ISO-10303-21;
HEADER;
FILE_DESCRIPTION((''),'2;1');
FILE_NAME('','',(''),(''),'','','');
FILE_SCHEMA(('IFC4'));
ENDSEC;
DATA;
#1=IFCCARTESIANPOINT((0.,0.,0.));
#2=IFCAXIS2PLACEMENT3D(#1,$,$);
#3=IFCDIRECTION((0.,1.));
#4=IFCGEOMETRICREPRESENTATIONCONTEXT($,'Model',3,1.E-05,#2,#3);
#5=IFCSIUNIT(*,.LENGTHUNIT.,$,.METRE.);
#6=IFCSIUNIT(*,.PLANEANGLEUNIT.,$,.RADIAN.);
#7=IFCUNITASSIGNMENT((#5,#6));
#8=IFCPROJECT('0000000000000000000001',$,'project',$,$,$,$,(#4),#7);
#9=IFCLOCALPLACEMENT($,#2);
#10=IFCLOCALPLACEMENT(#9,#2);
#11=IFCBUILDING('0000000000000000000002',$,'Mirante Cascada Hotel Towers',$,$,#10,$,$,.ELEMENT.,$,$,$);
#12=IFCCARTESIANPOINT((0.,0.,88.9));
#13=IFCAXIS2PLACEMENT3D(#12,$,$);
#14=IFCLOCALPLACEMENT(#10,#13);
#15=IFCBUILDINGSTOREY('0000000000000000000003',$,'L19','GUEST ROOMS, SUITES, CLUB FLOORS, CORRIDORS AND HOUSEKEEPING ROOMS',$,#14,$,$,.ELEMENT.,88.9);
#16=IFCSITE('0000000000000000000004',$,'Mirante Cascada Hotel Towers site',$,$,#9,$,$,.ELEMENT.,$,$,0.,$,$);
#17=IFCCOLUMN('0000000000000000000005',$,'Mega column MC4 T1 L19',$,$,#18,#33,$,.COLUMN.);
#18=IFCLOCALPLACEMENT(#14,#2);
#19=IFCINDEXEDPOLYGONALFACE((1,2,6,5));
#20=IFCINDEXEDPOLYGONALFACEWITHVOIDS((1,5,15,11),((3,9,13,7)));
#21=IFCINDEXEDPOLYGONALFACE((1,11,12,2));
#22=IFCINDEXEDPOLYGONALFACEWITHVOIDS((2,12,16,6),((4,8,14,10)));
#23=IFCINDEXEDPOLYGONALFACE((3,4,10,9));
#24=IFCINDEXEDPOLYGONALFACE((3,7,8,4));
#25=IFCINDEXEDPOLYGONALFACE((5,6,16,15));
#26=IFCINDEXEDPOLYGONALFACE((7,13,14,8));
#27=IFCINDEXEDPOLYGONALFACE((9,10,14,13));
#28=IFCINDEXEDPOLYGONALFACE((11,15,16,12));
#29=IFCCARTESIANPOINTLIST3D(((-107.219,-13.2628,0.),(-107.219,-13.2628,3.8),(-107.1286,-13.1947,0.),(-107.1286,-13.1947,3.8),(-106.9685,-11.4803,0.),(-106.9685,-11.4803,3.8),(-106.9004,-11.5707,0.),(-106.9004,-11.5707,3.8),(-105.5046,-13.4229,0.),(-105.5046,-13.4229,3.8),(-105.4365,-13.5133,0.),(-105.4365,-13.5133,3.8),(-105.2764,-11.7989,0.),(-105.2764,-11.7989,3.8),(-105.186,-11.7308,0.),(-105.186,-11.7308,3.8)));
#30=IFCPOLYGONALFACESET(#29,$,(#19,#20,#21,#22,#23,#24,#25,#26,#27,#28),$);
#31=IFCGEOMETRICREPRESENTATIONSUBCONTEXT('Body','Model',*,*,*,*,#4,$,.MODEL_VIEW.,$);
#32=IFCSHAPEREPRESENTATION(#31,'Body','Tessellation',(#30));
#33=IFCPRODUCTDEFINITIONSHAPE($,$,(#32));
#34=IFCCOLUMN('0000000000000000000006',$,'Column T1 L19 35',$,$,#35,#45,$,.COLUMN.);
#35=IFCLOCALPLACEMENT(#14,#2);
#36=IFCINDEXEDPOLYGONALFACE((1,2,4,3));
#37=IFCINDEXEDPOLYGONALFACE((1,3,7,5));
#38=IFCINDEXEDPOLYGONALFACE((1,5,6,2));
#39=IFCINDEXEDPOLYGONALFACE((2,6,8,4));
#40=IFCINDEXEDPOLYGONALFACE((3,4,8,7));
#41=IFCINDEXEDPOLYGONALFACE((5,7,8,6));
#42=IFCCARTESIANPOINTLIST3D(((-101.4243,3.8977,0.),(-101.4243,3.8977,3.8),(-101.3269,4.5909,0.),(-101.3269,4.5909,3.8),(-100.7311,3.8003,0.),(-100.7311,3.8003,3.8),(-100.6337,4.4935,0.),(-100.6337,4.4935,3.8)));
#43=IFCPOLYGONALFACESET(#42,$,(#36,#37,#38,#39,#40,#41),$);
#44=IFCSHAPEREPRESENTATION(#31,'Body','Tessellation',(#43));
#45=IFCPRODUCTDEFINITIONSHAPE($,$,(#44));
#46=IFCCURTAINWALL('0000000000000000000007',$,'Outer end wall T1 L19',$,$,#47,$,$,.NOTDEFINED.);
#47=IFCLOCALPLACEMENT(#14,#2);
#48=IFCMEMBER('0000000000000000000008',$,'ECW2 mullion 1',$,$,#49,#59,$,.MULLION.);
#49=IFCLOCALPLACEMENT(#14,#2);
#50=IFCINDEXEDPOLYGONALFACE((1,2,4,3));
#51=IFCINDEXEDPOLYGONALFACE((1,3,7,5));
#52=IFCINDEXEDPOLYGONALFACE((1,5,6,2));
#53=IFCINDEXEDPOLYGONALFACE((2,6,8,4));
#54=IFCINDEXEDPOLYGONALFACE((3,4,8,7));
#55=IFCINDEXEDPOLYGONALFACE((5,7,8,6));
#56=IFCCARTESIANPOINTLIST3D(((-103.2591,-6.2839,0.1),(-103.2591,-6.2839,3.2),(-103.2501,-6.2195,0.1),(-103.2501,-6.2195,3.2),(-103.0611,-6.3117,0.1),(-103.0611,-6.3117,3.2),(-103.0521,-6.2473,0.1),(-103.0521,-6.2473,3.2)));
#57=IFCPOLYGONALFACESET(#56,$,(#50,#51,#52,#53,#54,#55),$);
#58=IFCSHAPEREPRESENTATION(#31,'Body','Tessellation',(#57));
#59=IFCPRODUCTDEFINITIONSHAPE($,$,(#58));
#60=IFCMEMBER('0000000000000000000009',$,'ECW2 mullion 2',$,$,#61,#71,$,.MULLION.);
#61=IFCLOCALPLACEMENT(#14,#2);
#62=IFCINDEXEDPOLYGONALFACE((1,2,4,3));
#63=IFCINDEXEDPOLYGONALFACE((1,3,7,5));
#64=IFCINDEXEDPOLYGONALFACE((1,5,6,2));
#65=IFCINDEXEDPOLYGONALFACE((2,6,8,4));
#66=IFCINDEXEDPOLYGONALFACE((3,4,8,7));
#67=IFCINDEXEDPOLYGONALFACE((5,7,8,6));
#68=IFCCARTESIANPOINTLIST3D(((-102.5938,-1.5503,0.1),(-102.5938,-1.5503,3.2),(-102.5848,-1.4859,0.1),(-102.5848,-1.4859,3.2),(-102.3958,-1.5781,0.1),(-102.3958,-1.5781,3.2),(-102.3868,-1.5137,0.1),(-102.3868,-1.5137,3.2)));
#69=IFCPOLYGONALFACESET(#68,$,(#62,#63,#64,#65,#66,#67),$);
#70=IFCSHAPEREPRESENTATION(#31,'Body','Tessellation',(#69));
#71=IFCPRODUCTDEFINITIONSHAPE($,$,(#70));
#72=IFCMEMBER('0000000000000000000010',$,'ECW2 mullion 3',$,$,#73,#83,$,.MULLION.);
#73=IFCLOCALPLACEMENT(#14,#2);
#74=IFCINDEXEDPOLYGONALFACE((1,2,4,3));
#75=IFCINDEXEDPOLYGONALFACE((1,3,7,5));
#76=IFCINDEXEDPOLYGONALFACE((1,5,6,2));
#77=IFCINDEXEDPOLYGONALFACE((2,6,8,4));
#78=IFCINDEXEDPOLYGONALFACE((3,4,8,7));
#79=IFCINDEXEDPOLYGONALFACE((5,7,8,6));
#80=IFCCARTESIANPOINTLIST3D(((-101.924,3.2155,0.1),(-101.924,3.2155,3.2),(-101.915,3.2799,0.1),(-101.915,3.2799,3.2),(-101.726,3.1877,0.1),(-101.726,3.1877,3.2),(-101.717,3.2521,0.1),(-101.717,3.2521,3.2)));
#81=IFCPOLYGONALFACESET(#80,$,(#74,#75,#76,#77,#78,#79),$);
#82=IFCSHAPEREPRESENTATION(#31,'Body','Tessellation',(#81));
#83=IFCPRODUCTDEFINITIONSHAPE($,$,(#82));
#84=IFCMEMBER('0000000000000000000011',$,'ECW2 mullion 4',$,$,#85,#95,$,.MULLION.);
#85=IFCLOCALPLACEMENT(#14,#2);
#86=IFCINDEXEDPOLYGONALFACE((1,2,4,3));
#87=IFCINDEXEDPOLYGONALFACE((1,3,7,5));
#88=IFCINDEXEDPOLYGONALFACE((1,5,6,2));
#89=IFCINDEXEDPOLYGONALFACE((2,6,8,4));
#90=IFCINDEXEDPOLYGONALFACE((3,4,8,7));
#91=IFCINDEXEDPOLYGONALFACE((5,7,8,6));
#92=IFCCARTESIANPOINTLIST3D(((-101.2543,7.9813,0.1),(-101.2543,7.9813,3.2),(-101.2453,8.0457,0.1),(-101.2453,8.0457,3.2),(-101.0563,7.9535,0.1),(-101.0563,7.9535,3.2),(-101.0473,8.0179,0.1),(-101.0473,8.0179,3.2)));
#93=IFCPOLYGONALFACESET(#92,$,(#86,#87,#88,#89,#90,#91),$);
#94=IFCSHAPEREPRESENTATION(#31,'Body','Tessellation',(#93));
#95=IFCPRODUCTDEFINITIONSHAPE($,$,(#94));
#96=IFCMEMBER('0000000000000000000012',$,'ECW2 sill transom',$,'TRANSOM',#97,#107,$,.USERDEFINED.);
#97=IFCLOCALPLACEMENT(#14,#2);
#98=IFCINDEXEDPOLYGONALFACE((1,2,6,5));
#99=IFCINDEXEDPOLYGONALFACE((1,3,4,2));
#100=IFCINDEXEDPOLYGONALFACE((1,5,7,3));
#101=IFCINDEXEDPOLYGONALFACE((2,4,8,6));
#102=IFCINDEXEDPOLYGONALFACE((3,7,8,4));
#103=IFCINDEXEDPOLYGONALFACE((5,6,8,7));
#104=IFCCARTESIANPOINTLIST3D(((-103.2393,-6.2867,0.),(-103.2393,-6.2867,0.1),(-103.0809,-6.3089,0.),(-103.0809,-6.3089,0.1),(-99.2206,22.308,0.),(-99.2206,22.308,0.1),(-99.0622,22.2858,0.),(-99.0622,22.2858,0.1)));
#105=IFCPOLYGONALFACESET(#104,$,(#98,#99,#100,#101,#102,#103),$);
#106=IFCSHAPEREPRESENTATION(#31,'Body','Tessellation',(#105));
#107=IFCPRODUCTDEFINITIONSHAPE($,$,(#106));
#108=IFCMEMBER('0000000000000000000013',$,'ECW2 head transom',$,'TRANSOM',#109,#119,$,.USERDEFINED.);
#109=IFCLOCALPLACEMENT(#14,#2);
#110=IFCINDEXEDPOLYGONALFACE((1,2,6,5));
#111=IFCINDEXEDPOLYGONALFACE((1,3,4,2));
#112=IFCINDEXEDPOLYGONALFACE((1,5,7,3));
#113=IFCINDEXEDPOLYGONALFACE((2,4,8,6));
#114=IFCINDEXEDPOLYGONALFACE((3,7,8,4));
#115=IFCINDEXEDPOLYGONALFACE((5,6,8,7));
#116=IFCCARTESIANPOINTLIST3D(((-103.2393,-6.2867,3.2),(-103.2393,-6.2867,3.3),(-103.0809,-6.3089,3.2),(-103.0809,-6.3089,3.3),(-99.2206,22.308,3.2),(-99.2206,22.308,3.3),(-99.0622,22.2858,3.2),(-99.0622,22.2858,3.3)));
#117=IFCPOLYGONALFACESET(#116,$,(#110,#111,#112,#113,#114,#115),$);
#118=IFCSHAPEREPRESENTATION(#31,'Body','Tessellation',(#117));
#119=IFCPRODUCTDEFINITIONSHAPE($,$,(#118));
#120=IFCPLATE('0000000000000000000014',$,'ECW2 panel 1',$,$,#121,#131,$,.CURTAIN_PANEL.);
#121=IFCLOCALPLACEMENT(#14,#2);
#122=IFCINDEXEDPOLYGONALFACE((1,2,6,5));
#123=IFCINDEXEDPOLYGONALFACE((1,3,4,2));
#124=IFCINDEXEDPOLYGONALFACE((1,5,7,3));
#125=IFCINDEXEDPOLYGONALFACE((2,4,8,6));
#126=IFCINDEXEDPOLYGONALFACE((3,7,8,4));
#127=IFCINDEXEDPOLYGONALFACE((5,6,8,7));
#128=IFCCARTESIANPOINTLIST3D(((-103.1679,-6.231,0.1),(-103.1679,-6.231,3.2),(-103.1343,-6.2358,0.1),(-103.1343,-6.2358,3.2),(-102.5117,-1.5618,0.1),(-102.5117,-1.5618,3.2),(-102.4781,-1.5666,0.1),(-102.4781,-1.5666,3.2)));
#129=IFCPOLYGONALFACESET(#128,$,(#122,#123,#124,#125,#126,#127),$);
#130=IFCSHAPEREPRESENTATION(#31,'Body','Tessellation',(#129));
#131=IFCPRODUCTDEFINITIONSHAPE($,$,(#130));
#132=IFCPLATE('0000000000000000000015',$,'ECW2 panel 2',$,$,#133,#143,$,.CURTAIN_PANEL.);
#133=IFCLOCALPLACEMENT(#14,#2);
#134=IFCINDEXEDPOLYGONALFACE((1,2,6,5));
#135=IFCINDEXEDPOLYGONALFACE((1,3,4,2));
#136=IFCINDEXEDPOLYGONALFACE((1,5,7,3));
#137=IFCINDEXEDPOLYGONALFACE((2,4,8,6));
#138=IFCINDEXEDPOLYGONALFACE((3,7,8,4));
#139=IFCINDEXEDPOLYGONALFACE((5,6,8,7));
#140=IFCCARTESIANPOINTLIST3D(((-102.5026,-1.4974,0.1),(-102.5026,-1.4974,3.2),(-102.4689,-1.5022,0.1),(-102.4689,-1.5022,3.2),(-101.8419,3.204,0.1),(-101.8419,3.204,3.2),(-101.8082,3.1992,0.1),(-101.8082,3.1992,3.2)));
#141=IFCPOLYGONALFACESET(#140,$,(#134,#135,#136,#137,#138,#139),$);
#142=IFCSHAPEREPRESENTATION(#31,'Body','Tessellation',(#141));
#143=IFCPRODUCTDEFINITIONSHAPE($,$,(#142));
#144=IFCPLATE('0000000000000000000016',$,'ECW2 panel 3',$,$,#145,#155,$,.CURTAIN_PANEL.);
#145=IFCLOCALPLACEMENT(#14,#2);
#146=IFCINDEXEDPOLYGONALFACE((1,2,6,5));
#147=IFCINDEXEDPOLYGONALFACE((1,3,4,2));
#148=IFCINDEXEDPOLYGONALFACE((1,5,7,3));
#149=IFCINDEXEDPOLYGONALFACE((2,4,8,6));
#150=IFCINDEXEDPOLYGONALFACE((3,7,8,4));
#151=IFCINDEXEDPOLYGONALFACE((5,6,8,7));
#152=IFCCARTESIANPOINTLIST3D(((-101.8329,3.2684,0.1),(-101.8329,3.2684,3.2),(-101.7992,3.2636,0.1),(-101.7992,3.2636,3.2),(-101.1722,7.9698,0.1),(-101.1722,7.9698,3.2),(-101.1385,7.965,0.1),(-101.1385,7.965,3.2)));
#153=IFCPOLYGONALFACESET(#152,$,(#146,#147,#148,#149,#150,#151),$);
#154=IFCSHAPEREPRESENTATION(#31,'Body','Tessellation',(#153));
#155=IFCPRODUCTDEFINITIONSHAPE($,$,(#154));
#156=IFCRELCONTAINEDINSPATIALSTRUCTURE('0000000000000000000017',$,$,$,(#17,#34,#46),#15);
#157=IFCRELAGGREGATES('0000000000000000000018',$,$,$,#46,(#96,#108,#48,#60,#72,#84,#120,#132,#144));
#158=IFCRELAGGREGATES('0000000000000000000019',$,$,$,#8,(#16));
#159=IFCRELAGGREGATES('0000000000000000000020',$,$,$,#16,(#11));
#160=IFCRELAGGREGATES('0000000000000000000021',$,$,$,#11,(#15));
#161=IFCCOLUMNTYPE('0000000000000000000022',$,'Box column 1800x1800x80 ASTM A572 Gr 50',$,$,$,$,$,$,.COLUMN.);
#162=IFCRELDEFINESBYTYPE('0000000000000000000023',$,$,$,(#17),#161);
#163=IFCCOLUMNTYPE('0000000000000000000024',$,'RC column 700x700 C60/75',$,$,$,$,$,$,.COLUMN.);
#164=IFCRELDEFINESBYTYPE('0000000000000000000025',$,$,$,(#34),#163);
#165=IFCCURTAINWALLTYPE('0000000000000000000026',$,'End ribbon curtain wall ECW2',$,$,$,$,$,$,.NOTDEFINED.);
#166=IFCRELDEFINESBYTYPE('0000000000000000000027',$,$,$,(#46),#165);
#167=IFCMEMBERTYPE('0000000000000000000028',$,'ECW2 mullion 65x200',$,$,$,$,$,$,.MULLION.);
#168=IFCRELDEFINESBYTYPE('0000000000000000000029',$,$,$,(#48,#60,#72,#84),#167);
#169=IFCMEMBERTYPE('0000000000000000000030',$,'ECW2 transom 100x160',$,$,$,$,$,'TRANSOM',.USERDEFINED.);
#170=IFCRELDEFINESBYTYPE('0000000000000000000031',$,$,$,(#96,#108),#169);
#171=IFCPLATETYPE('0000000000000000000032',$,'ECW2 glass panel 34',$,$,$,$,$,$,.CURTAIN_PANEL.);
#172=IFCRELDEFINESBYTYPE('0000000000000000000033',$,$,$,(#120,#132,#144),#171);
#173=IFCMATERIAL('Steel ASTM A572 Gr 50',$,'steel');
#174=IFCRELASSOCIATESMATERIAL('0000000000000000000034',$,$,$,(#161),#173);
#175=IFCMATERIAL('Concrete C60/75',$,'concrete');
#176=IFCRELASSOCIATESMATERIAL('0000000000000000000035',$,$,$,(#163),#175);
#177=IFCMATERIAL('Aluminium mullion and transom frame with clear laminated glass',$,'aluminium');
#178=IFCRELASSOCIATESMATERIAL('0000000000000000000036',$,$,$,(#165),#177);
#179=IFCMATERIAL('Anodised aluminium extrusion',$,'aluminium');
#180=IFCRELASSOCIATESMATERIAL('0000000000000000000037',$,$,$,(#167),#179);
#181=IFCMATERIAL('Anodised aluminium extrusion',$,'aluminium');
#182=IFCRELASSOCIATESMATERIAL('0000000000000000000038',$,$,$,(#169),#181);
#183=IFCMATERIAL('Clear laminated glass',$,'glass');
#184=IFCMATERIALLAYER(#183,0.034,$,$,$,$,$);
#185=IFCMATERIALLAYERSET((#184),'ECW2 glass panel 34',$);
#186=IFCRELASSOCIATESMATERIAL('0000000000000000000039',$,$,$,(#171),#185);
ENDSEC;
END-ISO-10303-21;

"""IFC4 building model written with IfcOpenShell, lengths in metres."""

from ifc_helpers import new_model, si_unit, direction, frame, origin, origin_2d, place, context, subcontext, project, spatial, rectangle, hollow_rectangle, extrude, material, layer, layer_set, material_profile, profile_set, type_object, element, aggregate, save


model = new_model("IFC4")

# Units and contexts
model_context = context("Model", 3, precision=1e-05, world=origin(), true_north=direction((0.0, 1.0)))
body_context = subcontext(model_context, "Body", "Model", "MODEL_VIEW")
ifc_project = project(units=[si_unit("LENGTHUNIT", "METRE"), si_unit("PLANEANGLEUNIT", "RADIAN")], contexts=[model_context])

# Site, building, storey
site_placement = place(None, origin())
site = spatial("IfcSite", under=ifc_project, at=site_placement, Name="Mirante Cascada Hotel Towers site", CompositionType="ELEMENT", RefElevation=0.0)
building_placement = place(site_placement, origin())
building = spatial("IfcBuilding", under=site, at=building_placement, Name="Mirante Cascada Hotel Towers", CompositionType="ELEMENT")
storey_placement = place(building_placement, frame((0.0, 0.0, 88.9)))
storey = spatial("IfcBuildingStorey", under=building, at=storey_placement, Name="L19", Description="GUEST ROOMS, SUITES, CLUB FLOORS, CORRIDORS AND HOUSEKEEPING ROOMS", CompositionType="ELEMENT", Elevation=88.9)

# Columns
ifc_material_1 = material(Name="Steel ASTM A572 Gr 50", Category="steel")
ifc_material_profile_1 = material_profile(ifc_material_1, hollow_rectangle(XDim=1.8, YDim=1.8, WallThickness=0.08, at=origin_2d()), Name="Box column 1800x1800x80 ASTM A572 Gr 50")
ifc_profile_set_1 = profile_set([ifc_material_profile_1], Name="Steel ASTM A572 Gr 50")
column_type_1 = type_object("IfcColumnType", Name="Box column 1800x1800x80 ASTM A572 Gr 50", PredefinedType="COLUMN", material=ifc_profile_set_1)
column_1_placement = place(storey_placement, frame((-106.2025, -12.4968, 0.0), z_axis=(0.0, 0.0, 1.0), x_axis=(-0.990268, 0.139173, 0.0)))
element("IfcColumn", 1, at=column_1_placement, inside=storey, type_object=column_type_1, Name="Mega column MC4 T1 L19", PredefinedType="COLUMN", context=body_context, shape_type="SweptSolid", body=[
    extrude(hollow_rectangle(XDim=1.8, YDim=1.8, WallThickness=0.08, at=origin_2d()), origin(), (0.0, 0.0, 1.0), 3.8),
])
ifc_material_2 = material(Name="Concrete C60/75", Category="concrete")
ifc_material_profile_2 = material_profile(ifc_material_2, rectangle(XDim=0.7, YDim=0.7, at=origin_2d()), Name="RC column 700x700 C60/75")
ifc_profile_set_2 = profile_set([ifc_material_profile_2], Name="Concrete C60/75")
column_type_2 = type_object("IfcColumnType", Name="RC column 700x700 C60/75", PredefinedType="COLUMN", material=ifc_profile_set_2)
column_2_placement = place(storey_placement, frame((-101.029, 4.1956, 0.0), z_axis=(0.0, 0.0, 1.0), x_axis=(-0.990268, 0.139173, 0.0)))
element("IfcColumn", 2, at=column_2_placement, inside=storey, type_object=column_type_2, Name="Column T1 L19 35", PredefinedType="COLUMN", context=body_context, shape_type="SweptSolid", body=[
    extrude(rectangle(XDim=0.7, YDim=0.7, at=origin_2d()), origin(), (0.0, 0.0, 1.0), 3.8),
])

# Curtain wall, members, plates
ifc_material_3 = material(Name="Aluminium mullion and transom frame with clear laminated glass", Category="aluminium")
curtain_wall_type = type_object("IfcCurtainWallType", Name="End ribbon curtain wall ECW2", PredefinedType="NOTDEFINED", material=ifc_material_3)
curtain_wall_placement = place(storey_placement, origin())
curtain_wall = element("IfcCurtainWall", 3, at=curtain_wall_placement, inside=storey, type_object=curtain_wall_type, Name="Outer end wall T1 L19", PredefinedType="NOTDEFINED")
ifc_material_4 = material(Name="Anodised aluminium extrusion", Category="aluminium")
ifc_material_profile_3 = material_profile(ifc_material_4, rectangle(XDim=0.2, YDim=0.065, at=origin_2d()), Name="ECW2 MULLION 65x200")
ifc_profile_set_3 = profile_set([ifc_material_profile_3], Name="Anodised aluminium extrusion")
member_type_1 = type_object("IfcMemberType", Name="ECW2 mullion 65x200", PredefinedType="MULLION", material=ifc_profile_set_3)
member_1_placement = place(storey_placement, frame((-103.1556, -6.2656, 0.1), z_axis=(0.0, 0.0, 1.0), x_axis=(-0.990268, 0.139173, 0.0)))
member_1 = element("IfcMember", 4, at=member_1_placement, type_object=member_type_1, Name="ECW2 mullion 1", PredefinedType="MULLION", context=body_context, shape_type="SweptSolid", body=[
    extrude(rectangle(XDim=0.2, YDim=0.065, at=origin_2d()), origin(), (0.0, 0.0, 1.0), 3.1),
])
member_2_placement = place(storey_placement, frame((-102.4903, -1.532, 0.1), z_axis=(0.0, 0.0, 1.0), x_axis=(-0.990268, 0.139173, 0.0)))
member_2 = element("IfcMember", 5, at=member_2_placement, type_object=member_type_1, Name="ECW2 mullion 2", PredefinedType="MULLION", context=body_context, shape_type="SweptSolid", body=[
    extrude(rectangle(XDim=0.2, YDim=0.065, at=origin_2d()), origin(), (0.0, 0.0, 1.0), 3.1),
])
member_3_placement = place(storey_placement, frame((-101.8205, 3.2338, 0.1), z_axis=(0.0, 0.0, 1.0), x_axis=(-0.990268, 0.139173, 0.0)))
member_3 = element("IfcMember", 6, at=member_3_placement, type_object=member_type_1, Name="ECW2 mullion 3", PredefinedType="MULLION", context=body_context, shape_type="SweptSolid", body=[
    extrude(rectangle(XDim=0.2, YDim=0.065, at=origin_2d()), origin(), (0.0, 0.0, 1.0), 3.1),
])
member_4_placement = place(storey_placement, frame((-101.1508, 7.9996, 0.1), z_axis=(0.0, 0.0, 1.0), x_axis=(-0.990268, 0.139173, 0.0)))
member_4 = element("IfcMember", 7, at=member_4_placement, type_object=member_type_1, Name="ECW2 mullion 4", PredefinedType="MULLION", context=body_context, shape_type="SweptSolid", body=[
    extrude(rectangle(XDim=0.2, YDim=0.065, at=origin_2d()), origin(), (0.0, 0.0, 1.0), 3.1),
])
ifc_material_5 = material(Name="Anodised aluminium extrusion", Category="aluminium")
ifc_material_profile_4 = material_profile(ifc_material_5, rectangle(XDim=0.16, YDim=0.1, at=origin_2d()), Name="ECW2 TRANSOM 100x160")
ifc_profile_set_4 = profile_set([ifc_material_profile_4], Name="Anodised aluminium extrusion")
member_type_2 = type_object("IfcMemberType", Name="ECW2 transom 100x160", ElementType="TRANSOM", PredefinedType="USERDEFINED", material=ifc_profile_set_4)
member_5_placement = place(storey_placement, frame((-103.1601, -6.2978, 0.05), z_axis=(0.139172, 0.990268, 0.0), x_axis=(-0.990268, 0.139172, 0.0)))
member_5 = element("IfcMember", 8, at=member_5_placement, type_object=member_type_2, Name="ECW2 sill transom", ObjectType="TRANSOM", PredefinedType="USERDEFINED", context=body_context, shape_type="SweptSolid", body=[
    extrude(rectangle(XDim=0.16, YDim=0.1, at=origin_2d()), origin(), (0.0, 0.0, 1.0), 28.8757),
])
member_6_placement = place(storey_placement, frame((-103.1601, -6.2978, 3.25), z_axis=(0.139172, 0.990268, 0.0), x_axis=(-0.990268, 0.139172, 0.0)))
member_6 = element("IfcMember", 9, at=member_6_placement, type_object=member_type_2, Name="ECW2 head transom", ObjectType="TRANSOM", PredefinedType="USERDEFINED", context=body_context, shape_type="SweptSolid", body=[
    extrude(rectangle(XDim=0.16, YDim=0.1, at=origin_2d()), origin(), (0.0, 0.0, 1.0), 28.8757),
])
ifc_material_6 = material(Name="Clear laminated glass", Category="glass")
ifc_layer_1 = layer(ifc_material_6, 0.034)
ifc_layer_set_1 = layer_set([ifc_layer_1], Name="ECW2 glass panel 34")
plate_type = type_object("IfcPlateType", Name="ECW2 glass panel 34", PredefinedType="CURTAIN_PANEL", material=ifc_layer_set_1)
plate_1_placement = place(storey_placement, frame((-102.823, -3.8988, 0.1), z_axis=(0.0, 0.0, 1.0), x_axis=(0.139173, 0.990268, 0.0)))
plate_1 = element("IfcPlate", 10, at=plate_1_placement, type_object=plate_type, Name="ECW2 panel 1", PredefinedType="CURTAIN_PANEL", context=body_context, shape_type="SweptSolid", body=[
    extrude(rectangle(XDim=4.7151, YDim=0.034, at=origin_2d()), origin(), (0.0, 0.0, 1.0), 3.1),
])
plate_2_placement = place(storey_placement, frame((-102.1554, 0.8509, 0.1), z_axis=(0.0, 0.0, 1.0), x_axis=(0.139173, 0.990268, 0.0)))
plate_2 = element("IfcPlate", 11, at=plate_2_placement, type_object=plate_type, Name="ECW2 panel 2", PredefinedType="CURTAIN_PANEL", context=body_context, shape_type="SweptSolid", body=[
    extrude(rectangle(XDim=4.7476, YDim=0.034, at=origin_2d()), origin(), (0.0, 0.0, 1.0), 3.1),
])
plate_3_placement = place(storey_placement, frame((-101.4857, 5.6167, 0.1), z_axis=(0.0, 0.0, 1.0), x_axis=(0.139173, 0.990268, 0.0)))
plate_3 = element("IfcPlate", 12, at=plate_3_placement, type_object=plate_type, Name="ECW2 panel 3", PredefinedType="CURTAIN_PANEL", context=body_context, shape_type="SweptSolid", body=[
    extrude(rectangle(XDim=4.7476, YDim=0.034, at=origin_2d()), origin(), (0.0, 0.0, 1.0), 3.1),
])
aggregate(curtain_wall, [member_5, member_6, member_1, member_2, member_3, member_4, plate_1, plate_2, plate_3])

save(model, "model.ifc")
